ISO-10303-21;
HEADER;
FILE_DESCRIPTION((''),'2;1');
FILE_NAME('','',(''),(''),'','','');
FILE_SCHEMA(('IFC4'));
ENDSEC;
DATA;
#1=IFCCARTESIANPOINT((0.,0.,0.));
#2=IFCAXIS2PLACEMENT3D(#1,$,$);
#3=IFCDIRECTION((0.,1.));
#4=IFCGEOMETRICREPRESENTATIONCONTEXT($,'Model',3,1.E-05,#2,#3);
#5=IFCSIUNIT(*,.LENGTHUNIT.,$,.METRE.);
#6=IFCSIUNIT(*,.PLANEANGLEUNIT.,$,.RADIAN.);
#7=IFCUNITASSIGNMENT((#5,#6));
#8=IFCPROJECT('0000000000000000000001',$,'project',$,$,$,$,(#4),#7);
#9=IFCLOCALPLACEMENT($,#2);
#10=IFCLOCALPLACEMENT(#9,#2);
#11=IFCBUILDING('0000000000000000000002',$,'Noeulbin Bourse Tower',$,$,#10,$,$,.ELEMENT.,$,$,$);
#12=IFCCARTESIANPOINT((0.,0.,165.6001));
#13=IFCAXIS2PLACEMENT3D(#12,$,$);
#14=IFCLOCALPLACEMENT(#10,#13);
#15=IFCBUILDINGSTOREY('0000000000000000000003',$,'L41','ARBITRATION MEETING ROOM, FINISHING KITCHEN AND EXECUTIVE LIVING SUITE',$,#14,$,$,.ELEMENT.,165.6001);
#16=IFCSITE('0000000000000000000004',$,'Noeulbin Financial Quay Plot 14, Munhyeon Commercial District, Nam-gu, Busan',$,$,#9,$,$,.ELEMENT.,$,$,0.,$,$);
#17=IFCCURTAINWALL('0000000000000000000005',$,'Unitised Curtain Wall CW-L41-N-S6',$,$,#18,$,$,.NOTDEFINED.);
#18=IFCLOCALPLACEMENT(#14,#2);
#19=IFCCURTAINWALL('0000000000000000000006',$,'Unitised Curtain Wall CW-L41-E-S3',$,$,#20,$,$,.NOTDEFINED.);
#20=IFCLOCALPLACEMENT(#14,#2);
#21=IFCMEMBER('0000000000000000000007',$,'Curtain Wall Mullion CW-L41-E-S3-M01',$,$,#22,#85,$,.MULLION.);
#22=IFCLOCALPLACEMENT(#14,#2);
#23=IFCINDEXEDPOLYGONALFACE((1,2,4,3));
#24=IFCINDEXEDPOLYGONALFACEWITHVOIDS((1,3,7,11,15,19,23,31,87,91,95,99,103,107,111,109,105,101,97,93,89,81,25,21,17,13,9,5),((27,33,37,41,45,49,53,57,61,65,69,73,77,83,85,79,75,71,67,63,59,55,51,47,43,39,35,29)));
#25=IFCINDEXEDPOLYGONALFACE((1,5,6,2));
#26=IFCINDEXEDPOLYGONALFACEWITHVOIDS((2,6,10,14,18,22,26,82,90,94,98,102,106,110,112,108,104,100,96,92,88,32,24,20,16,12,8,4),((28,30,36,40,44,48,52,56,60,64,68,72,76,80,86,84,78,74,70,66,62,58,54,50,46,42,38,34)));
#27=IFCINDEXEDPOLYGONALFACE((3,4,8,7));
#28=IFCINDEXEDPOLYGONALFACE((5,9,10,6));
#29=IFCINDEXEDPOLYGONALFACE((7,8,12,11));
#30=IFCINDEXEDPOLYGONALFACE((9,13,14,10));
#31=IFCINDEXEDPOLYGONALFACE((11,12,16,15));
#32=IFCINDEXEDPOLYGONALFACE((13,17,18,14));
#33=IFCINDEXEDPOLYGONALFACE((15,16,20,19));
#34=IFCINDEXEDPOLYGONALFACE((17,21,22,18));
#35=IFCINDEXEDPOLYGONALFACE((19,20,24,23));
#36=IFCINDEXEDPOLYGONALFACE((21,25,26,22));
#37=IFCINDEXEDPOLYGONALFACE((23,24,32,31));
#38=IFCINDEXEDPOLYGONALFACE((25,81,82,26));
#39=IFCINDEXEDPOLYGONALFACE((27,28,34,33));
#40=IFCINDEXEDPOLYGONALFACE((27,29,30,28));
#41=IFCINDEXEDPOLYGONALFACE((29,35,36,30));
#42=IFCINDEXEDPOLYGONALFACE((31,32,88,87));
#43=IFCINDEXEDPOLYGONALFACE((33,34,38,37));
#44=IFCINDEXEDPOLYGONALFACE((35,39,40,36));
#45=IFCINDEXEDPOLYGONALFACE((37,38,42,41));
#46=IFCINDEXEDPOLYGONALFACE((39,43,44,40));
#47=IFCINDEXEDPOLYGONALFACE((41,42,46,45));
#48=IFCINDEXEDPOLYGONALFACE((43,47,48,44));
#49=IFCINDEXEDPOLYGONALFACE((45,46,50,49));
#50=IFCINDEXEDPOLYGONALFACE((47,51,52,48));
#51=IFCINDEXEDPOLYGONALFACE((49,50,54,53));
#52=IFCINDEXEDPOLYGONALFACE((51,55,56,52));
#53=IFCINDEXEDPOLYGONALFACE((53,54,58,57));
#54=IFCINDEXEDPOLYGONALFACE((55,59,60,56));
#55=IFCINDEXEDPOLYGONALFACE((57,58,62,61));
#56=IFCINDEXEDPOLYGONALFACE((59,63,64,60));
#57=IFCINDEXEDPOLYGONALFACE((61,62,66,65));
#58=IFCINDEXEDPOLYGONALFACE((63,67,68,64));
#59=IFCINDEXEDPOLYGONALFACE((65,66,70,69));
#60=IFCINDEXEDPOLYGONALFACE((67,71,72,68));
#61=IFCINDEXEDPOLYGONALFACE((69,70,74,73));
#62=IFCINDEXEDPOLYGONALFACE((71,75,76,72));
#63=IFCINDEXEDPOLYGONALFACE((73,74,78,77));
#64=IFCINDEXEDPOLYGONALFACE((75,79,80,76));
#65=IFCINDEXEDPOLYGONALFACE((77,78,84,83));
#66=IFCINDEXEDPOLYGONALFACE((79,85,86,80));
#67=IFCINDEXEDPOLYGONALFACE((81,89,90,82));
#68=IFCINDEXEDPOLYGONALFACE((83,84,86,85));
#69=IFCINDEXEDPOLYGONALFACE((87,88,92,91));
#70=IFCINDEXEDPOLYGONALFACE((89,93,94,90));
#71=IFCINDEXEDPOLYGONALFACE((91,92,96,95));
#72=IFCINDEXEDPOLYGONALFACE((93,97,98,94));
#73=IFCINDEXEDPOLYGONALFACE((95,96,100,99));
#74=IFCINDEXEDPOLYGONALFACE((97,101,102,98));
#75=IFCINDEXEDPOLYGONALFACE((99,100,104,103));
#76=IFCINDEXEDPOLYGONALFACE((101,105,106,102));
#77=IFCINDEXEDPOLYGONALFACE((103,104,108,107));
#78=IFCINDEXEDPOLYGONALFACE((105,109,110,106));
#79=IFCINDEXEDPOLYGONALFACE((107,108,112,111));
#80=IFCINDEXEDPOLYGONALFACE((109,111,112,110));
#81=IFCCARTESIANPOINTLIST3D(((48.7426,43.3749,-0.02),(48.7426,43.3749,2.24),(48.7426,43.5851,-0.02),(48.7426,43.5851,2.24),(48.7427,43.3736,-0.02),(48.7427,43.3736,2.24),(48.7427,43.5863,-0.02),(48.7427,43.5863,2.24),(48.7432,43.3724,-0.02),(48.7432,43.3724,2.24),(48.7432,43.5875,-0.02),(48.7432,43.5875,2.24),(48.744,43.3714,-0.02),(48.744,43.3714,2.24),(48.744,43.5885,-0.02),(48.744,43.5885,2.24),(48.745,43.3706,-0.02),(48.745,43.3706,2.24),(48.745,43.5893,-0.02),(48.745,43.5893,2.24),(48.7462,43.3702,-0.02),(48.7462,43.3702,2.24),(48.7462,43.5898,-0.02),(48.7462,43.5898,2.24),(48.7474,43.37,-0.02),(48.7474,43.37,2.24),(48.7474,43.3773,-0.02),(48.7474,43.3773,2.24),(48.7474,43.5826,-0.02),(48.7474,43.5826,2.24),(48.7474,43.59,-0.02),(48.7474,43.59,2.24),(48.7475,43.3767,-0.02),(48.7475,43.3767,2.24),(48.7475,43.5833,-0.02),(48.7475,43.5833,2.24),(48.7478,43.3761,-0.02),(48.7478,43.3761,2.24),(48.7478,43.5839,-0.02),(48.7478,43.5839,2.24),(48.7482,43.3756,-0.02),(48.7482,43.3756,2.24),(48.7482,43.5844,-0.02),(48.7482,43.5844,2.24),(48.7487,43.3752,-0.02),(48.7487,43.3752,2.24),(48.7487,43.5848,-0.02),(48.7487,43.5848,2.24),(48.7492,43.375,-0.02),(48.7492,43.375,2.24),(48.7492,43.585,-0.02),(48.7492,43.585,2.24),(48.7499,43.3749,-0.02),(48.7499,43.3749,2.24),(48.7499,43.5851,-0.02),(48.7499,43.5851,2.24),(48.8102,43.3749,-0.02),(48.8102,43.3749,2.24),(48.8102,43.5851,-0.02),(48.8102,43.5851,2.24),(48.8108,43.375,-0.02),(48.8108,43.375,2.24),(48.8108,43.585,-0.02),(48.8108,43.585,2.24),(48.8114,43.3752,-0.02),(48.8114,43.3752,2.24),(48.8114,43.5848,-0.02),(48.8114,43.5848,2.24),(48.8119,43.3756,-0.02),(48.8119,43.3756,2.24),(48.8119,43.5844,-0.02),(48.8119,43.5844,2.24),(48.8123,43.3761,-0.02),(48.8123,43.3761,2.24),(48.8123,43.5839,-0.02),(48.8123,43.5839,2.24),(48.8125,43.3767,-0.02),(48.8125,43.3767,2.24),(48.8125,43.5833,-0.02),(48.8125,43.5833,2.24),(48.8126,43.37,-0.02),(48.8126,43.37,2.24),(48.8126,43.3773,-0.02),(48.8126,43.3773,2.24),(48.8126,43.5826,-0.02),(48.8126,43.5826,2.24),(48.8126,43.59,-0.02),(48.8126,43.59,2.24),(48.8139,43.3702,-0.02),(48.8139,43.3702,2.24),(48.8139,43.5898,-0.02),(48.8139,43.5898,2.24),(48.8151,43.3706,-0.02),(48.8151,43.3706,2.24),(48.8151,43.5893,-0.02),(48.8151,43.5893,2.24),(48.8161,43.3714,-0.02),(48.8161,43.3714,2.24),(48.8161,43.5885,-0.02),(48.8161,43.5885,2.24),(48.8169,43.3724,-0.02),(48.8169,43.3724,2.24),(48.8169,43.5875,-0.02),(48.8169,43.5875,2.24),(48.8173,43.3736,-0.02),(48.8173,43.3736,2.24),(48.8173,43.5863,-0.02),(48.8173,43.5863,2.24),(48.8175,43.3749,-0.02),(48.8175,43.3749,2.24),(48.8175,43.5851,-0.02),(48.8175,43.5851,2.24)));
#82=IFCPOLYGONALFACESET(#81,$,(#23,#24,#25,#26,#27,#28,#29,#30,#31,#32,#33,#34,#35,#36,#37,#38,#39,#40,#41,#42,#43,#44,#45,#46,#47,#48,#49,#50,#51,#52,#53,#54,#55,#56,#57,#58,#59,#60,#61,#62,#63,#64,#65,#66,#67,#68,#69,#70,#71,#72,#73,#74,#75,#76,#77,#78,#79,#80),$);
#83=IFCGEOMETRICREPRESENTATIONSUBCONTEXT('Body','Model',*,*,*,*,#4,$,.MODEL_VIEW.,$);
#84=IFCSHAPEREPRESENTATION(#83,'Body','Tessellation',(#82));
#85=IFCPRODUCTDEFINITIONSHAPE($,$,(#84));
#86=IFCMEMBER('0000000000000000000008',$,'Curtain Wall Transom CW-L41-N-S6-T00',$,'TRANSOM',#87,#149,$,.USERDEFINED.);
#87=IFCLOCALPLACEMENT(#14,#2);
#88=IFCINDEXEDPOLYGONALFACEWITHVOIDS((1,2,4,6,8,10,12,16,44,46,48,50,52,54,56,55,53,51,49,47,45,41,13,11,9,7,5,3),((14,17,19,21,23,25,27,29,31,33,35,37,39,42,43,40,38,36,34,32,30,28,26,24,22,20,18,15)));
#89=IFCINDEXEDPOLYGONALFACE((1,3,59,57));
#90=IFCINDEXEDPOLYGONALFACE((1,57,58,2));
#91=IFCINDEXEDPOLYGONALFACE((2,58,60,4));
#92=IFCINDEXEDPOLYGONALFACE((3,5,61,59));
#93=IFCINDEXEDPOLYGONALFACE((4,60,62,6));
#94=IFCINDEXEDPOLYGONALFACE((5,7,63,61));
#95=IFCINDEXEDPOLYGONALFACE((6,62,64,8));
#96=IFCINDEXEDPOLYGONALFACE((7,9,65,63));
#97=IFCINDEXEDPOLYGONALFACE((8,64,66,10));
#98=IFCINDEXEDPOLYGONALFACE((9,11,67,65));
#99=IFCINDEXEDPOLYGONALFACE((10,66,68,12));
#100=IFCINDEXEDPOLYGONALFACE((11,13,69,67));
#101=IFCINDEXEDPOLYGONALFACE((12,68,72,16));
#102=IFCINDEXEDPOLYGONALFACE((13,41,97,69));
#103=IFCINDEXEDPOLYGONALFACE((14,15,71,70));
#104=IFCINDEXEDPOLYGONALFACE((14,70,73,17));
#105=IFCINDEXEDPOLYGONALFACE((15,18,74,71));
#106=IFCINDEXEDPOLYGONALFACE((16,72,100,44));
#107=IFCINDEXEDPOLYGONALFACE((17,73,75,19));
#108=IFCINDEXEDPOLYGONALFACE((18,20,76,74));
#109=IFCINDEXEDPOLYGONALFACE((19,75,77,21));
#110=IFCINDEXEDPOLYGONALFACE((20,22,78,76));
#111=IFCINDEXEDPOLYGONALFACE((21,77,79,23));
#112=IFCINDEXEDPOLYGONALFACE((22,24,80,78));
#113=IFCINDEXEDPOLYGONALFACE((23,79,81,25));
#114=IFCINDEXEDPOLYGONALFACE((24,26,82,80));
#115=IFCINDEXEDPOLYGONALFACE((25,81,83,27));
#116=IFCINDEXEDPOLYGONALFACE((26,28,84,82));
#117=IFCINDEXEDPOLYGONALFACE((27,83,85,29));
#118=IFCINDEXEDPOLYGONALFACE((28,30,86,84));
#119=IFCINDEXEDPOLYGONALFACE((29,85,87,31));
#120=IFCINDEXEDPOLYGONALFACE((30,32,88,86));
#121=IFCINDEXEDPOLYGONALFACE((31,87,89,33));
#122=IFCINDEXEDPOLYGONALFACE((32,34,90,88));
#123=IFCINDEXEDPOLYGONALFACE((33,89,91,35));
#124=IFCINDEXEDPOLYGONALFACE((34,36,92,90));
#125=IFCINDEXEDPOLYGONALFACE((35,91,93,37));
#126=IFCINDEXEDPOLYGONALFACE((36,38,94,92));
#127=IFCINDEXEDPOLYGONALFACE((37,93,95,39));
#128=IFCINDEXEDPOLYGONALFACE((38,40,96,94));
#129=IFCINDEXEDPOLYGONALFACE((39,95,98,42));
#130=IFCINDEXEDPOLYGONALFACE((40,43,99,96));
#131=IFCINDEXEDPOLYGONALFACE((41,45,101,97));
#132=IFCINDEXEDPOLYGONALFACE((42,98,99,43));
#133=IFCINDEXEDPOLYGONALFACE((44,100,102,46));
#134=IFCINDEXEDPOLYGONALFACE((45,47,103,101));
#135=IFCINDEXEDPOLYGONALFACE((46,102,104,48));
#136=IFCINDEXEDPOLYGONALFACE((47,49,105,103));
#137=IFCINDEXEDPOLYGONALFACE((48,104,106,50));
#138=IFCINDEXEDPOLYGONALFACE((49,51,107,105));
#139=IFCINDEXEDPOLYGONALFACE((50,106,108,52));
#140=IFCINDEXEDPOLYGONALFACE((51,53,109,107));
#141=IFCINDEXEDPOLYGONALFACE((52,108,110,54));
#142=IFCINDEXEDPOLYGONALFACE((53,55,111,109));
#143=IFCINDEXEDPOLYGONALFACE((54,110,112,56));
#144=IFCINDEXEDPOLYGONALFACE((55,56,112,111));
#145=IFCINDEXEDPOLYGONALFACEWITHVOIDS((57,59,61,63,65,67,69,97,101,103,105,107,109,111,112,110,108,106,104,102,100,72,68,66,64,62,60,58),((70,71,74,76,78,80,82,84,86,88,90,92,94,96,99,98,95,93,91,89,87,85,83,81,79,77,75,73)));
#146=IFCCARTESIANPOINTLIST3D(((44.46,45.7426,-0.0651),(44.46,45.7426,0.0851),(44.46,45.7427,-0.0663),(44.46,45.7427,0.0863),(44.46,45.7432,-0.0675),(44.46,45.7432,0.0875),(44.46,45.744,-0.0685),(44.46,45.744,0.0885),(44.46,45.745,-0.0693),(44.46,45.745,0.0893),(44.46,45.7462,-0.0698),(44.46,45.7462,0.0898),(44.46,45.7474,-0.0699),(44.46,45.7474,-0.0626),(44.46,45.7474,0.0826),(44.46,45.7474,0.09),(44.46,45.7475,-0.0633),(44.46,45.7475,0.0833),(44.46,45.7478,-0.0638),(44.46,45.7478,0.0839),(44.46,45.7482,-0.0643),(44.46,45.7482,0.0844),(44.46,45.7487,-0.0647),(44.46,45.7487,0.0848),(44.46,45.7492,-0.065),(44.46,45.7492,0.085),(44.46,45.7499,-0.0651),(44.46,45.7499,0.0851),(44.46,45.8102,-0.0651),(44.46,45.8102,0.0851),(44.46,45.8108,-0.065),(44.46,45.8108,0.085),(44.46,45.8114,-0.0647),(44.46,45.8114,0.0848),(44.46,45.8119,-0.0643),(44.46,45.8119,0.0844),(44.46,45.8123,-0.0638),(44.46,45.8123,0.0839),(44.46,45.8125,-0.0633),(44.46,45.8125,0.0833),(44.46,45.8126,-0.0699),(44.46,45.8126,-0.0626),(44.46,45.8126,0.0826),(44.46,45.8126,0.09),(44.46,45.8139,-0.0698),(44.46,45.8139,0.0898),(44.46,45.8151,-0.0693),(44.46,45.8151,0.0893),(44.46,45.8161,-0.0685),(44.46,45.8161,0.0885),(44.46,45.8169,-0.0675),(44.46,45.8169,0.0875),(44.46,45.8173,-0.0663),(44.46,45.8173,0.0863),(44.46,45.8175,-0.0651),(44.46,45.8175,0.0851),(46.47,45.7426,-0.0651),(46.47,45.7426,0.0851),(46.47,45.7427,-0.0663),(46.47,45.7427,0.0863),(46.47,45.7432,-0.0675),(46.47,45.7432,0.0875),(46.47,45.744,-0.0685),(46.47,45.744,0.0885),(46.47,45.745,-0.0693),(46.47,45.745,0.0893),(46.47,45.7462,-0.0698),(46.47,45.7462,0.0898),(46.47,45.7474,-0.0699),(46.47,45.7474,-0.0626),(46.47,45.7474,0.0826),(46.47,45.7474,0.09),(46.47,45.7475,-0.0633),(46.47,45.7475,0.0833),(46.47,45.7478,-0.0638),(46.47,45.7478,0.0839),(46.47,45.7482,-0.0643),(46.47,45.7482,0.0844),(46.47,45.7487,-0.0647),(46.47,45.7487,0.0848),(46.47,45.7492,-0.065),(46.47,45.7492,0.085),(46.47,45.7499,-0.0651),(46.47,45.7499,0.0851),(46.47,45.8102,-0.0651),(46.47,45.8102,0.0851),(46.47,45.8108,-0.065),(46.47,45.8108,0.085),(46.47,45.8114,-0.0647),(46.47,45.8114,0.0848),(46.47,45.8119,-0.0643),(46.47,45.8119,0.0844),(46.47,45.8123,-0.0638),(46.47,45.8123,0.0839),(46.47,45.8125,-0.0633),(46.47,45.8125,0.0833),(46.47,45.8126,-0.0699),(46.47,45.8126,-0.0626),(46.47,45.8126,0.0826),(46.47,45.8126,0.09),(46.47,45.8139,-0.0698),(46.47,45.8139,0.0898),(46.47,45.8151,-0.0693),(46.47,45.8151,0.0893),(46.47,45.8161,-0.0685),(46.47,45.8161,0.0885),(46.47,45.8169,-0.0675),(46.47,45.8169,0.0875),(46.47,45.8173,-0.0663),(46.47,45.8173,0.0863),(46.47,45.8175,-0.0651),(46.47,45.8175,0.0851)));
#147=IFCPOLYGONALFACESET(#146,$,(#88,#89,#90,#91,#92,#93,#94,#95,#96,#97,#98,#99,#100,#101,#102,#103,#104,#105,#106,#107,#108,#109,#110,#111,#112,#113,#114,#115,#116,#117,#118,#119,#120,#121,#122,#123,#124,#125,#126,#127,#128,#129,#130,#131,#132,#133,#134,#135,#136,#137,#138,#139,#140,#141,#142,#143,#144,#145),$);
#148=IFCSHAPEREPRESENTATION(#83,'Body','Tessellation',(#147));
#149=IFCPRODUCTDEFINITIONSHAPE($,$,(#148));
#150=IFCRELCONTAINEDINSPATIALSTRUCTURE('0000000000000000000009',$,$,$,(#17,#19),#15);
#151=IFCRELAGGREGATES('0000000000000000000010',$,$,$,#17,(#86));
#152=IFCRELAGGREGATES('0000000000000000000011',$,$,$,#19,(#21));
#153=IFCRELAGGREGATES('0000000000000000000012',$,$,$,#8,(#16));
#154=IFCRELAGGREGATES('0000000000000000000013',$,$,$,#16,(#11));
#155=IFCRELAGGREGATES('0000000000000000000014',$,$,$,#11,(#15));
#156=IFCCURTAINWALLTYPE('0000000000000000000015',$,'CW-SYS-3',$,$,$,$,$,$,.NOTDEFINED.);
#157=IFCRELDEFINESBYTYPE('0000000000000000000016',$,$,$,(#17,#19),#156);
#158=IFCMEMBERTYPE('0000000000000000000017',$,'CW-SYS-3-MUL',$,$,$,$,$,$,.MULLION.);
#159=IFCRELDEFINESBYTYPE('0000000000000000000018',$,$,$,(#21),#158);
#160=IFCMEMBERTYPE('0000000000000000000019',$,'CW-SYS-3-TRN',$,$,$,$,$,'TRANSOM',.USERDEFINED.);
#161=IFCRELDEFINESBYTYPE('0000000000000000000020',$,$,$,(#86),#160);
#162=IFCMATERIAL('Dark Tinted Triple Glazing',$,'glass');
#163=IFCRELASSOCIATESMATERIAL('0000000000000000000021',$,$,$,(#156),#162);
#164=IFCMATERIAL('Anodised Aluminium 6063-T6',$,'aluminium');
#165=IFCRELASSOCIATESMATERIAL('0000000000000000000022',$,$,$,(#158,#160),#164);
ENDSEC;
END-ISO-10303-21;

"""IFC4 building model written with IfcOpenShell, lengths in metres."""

from ifc_helpers import new_model, si_unit, direction, frame, origin, origin_2d, place, context, subcontext, project, spatial, hollow_rectangle, extrude, material, material_profile, profile_set, type_object, element, aggregate, save


model = new_model("IFC4")

# Units and contexts
model_context = context("Model", 3, precision=1e-05, world=origin(), true_north=direction((0.0, 1.0)))
body_context = subcontext(model_context, "Body", "Model", "MODEL_VIEW")
ifc_project = project(units=[si_unit("LENGTHUNIT", "METRE"), si_unit("PLANEANGLEUNIT", "RADIAN")], contexts=[model_context])

# Site, building, storey
site_placement = place(None, origin())
site = spatial("IfcSite", under=ifc_project, at=site_placement, Name="Noeulbin Financial Quay Plot 14, Munhyeon Commercial District, Nam-gu, Busan", CompositionType="ELEMENT", RefElevation=0.0)
building_placement = place(site_placement, origin())
building = spatial("IfcBuilding", under=site, at=building_placement, Name="Noeulbin Bourse Tower", CompositionType="ELEMENT")
storey_placement = place(building_placement, frame((0.0, 0.0, 165.6001)))
storey = spatial("IfcBuildingStorey", under=building, at=storey_placement, Name="L41", Description="ARBITRATION MEETING ROOM, FINISHING KITCHEN AND EXECUTIVE LIVING SUITE", CompositionType="ELEMENT", Elevation=165.6001)

# Shared definitions
ifc_material_1 = material(Name="Dark Tinted Triple Glazing", Category="glass")
curtain_wall_type = type_object("IfcCurtainWallType", Name="CW-SYS-3", PredefinedType="NOTDEFINED", material=ifc_material_1)
ifc_material_2 = material(Name="Anodised Aluminium 6063-T6", Category="aluminium")
ifc_material_profile_1 = material_profile(ifc_material_2, hollow_rectangle(XDim=0.075, YDim=0.22, WallThickness=0.0049, InnerFilletRadius=0.0024, OuterFilletRadius=0.0049, at=origin_2d()), Name="ALU-MULL-75x220x5", Category="LoadBearing")
ifc_profile_set_1 = profile_set([ifc_material_profile_1], Name="Anodised Aluminium 6063-T6")
member_type_1 = type_object("IfcMemberType", Name="CW-SYS-3-MUL", PredefinedType="MULLION", material=ifc_profile_set_1)

# Curtain walls, member
curtain_wall_1_placement = place(storey_placement, origin())
curtain_wall_1 = element("IfcCurtainWall", 1, at=curtain_wall_1_placement, inside=storey, type_object=curtain_wall_type, Name="Unitised Curtain Wall CW-L41-N-S6", PredefinedType="NOTDEFINED")
curtain_wall_2_placement = place(storey_placement, origin())
curtain_wall_2 = element("IfcCurtainWall", 2, at=curtain_wall_2_placement, inside=storey, type_object=curtain_wall_type, Name="Unitised Curtain Wall CW-L41-E-S3", PredefinedType="NOTDEFINED")
member_1_placement = place(storey_placement, frame((48.78, 43.48, -0.02), z_axis=(0.0, 0.0, 1.0), x_axis=(1.0, 0.0, 0.0)))
member_1 = element("IfcMember", 3, at=member_1_placement, type_object=member_type_1, Name="Curtain Wall Mullion CW-L41-E-S3-M01", PredefinedType="MULLION", context=body_context, shape_type="SweptSolid", body=[
    extrude(hollow_rectangle(XDim=0.075, YDim=0.22, WallThickness=0.0049, InnerFilletRadius=0.0024, OuterFilletRadius=0.0049, at=origin_2d()), origin(), (0.0, 0.0, 1.0), 2.26),
])

# Member
ifc_material_profile_2 = material_profile(ifc_material_2, hollow_rectangle(XDim=0.075, YDim=0.1599, WallThickness=0.0049, InnerFilletRadius=0.0024, OuterFilletRadius=0.0049, at=origin_2d()), Name="ALU-TRAN-75x160x5", Category="LoadBearing")
ifc_profile_set_2 = profile_set([ifc_material_profile_2], Name="Anodised Aluminium 6063-T6")
member_type_2 = type_object("IfcMemberType", Name="CW-SYS-3-TRN", ElementType="TRANSOM", PredefinedType="USERDEFINED", material=ifc_profile_set_2)
member_2_placement = place(storey_placement, frame((44.46, 45.78, 0.01), z_axis=(1.0, 0.0, 0.0), x_axis=(0.0, 1.0, 0.0)))
member_2 = element("IfcMember", 4, at=member_2_placement, type_object=member_type_2, Name="Curtain Wall Transom CW-L41-N-S6-T00", ObjectType="TRANSOM", PredefinedType="USERDEFINED", context=body_context, shape_type="SweptSolid", body=[
    extrude(hollow_rectangle(XDim=0.075, YDim=0.1599, WallThickness=0.0049, InnerFilletRadius=0.0024, OuterFilletRadius=0.0049, at=origin_2d()), origin(), (0.0, 0.0, 1.0), 2.01),
])

aggregate(curtain_wall_1, [member_2])
aggregate(curtain_wall_2, [member_1])

save(model, "model.ifc")
